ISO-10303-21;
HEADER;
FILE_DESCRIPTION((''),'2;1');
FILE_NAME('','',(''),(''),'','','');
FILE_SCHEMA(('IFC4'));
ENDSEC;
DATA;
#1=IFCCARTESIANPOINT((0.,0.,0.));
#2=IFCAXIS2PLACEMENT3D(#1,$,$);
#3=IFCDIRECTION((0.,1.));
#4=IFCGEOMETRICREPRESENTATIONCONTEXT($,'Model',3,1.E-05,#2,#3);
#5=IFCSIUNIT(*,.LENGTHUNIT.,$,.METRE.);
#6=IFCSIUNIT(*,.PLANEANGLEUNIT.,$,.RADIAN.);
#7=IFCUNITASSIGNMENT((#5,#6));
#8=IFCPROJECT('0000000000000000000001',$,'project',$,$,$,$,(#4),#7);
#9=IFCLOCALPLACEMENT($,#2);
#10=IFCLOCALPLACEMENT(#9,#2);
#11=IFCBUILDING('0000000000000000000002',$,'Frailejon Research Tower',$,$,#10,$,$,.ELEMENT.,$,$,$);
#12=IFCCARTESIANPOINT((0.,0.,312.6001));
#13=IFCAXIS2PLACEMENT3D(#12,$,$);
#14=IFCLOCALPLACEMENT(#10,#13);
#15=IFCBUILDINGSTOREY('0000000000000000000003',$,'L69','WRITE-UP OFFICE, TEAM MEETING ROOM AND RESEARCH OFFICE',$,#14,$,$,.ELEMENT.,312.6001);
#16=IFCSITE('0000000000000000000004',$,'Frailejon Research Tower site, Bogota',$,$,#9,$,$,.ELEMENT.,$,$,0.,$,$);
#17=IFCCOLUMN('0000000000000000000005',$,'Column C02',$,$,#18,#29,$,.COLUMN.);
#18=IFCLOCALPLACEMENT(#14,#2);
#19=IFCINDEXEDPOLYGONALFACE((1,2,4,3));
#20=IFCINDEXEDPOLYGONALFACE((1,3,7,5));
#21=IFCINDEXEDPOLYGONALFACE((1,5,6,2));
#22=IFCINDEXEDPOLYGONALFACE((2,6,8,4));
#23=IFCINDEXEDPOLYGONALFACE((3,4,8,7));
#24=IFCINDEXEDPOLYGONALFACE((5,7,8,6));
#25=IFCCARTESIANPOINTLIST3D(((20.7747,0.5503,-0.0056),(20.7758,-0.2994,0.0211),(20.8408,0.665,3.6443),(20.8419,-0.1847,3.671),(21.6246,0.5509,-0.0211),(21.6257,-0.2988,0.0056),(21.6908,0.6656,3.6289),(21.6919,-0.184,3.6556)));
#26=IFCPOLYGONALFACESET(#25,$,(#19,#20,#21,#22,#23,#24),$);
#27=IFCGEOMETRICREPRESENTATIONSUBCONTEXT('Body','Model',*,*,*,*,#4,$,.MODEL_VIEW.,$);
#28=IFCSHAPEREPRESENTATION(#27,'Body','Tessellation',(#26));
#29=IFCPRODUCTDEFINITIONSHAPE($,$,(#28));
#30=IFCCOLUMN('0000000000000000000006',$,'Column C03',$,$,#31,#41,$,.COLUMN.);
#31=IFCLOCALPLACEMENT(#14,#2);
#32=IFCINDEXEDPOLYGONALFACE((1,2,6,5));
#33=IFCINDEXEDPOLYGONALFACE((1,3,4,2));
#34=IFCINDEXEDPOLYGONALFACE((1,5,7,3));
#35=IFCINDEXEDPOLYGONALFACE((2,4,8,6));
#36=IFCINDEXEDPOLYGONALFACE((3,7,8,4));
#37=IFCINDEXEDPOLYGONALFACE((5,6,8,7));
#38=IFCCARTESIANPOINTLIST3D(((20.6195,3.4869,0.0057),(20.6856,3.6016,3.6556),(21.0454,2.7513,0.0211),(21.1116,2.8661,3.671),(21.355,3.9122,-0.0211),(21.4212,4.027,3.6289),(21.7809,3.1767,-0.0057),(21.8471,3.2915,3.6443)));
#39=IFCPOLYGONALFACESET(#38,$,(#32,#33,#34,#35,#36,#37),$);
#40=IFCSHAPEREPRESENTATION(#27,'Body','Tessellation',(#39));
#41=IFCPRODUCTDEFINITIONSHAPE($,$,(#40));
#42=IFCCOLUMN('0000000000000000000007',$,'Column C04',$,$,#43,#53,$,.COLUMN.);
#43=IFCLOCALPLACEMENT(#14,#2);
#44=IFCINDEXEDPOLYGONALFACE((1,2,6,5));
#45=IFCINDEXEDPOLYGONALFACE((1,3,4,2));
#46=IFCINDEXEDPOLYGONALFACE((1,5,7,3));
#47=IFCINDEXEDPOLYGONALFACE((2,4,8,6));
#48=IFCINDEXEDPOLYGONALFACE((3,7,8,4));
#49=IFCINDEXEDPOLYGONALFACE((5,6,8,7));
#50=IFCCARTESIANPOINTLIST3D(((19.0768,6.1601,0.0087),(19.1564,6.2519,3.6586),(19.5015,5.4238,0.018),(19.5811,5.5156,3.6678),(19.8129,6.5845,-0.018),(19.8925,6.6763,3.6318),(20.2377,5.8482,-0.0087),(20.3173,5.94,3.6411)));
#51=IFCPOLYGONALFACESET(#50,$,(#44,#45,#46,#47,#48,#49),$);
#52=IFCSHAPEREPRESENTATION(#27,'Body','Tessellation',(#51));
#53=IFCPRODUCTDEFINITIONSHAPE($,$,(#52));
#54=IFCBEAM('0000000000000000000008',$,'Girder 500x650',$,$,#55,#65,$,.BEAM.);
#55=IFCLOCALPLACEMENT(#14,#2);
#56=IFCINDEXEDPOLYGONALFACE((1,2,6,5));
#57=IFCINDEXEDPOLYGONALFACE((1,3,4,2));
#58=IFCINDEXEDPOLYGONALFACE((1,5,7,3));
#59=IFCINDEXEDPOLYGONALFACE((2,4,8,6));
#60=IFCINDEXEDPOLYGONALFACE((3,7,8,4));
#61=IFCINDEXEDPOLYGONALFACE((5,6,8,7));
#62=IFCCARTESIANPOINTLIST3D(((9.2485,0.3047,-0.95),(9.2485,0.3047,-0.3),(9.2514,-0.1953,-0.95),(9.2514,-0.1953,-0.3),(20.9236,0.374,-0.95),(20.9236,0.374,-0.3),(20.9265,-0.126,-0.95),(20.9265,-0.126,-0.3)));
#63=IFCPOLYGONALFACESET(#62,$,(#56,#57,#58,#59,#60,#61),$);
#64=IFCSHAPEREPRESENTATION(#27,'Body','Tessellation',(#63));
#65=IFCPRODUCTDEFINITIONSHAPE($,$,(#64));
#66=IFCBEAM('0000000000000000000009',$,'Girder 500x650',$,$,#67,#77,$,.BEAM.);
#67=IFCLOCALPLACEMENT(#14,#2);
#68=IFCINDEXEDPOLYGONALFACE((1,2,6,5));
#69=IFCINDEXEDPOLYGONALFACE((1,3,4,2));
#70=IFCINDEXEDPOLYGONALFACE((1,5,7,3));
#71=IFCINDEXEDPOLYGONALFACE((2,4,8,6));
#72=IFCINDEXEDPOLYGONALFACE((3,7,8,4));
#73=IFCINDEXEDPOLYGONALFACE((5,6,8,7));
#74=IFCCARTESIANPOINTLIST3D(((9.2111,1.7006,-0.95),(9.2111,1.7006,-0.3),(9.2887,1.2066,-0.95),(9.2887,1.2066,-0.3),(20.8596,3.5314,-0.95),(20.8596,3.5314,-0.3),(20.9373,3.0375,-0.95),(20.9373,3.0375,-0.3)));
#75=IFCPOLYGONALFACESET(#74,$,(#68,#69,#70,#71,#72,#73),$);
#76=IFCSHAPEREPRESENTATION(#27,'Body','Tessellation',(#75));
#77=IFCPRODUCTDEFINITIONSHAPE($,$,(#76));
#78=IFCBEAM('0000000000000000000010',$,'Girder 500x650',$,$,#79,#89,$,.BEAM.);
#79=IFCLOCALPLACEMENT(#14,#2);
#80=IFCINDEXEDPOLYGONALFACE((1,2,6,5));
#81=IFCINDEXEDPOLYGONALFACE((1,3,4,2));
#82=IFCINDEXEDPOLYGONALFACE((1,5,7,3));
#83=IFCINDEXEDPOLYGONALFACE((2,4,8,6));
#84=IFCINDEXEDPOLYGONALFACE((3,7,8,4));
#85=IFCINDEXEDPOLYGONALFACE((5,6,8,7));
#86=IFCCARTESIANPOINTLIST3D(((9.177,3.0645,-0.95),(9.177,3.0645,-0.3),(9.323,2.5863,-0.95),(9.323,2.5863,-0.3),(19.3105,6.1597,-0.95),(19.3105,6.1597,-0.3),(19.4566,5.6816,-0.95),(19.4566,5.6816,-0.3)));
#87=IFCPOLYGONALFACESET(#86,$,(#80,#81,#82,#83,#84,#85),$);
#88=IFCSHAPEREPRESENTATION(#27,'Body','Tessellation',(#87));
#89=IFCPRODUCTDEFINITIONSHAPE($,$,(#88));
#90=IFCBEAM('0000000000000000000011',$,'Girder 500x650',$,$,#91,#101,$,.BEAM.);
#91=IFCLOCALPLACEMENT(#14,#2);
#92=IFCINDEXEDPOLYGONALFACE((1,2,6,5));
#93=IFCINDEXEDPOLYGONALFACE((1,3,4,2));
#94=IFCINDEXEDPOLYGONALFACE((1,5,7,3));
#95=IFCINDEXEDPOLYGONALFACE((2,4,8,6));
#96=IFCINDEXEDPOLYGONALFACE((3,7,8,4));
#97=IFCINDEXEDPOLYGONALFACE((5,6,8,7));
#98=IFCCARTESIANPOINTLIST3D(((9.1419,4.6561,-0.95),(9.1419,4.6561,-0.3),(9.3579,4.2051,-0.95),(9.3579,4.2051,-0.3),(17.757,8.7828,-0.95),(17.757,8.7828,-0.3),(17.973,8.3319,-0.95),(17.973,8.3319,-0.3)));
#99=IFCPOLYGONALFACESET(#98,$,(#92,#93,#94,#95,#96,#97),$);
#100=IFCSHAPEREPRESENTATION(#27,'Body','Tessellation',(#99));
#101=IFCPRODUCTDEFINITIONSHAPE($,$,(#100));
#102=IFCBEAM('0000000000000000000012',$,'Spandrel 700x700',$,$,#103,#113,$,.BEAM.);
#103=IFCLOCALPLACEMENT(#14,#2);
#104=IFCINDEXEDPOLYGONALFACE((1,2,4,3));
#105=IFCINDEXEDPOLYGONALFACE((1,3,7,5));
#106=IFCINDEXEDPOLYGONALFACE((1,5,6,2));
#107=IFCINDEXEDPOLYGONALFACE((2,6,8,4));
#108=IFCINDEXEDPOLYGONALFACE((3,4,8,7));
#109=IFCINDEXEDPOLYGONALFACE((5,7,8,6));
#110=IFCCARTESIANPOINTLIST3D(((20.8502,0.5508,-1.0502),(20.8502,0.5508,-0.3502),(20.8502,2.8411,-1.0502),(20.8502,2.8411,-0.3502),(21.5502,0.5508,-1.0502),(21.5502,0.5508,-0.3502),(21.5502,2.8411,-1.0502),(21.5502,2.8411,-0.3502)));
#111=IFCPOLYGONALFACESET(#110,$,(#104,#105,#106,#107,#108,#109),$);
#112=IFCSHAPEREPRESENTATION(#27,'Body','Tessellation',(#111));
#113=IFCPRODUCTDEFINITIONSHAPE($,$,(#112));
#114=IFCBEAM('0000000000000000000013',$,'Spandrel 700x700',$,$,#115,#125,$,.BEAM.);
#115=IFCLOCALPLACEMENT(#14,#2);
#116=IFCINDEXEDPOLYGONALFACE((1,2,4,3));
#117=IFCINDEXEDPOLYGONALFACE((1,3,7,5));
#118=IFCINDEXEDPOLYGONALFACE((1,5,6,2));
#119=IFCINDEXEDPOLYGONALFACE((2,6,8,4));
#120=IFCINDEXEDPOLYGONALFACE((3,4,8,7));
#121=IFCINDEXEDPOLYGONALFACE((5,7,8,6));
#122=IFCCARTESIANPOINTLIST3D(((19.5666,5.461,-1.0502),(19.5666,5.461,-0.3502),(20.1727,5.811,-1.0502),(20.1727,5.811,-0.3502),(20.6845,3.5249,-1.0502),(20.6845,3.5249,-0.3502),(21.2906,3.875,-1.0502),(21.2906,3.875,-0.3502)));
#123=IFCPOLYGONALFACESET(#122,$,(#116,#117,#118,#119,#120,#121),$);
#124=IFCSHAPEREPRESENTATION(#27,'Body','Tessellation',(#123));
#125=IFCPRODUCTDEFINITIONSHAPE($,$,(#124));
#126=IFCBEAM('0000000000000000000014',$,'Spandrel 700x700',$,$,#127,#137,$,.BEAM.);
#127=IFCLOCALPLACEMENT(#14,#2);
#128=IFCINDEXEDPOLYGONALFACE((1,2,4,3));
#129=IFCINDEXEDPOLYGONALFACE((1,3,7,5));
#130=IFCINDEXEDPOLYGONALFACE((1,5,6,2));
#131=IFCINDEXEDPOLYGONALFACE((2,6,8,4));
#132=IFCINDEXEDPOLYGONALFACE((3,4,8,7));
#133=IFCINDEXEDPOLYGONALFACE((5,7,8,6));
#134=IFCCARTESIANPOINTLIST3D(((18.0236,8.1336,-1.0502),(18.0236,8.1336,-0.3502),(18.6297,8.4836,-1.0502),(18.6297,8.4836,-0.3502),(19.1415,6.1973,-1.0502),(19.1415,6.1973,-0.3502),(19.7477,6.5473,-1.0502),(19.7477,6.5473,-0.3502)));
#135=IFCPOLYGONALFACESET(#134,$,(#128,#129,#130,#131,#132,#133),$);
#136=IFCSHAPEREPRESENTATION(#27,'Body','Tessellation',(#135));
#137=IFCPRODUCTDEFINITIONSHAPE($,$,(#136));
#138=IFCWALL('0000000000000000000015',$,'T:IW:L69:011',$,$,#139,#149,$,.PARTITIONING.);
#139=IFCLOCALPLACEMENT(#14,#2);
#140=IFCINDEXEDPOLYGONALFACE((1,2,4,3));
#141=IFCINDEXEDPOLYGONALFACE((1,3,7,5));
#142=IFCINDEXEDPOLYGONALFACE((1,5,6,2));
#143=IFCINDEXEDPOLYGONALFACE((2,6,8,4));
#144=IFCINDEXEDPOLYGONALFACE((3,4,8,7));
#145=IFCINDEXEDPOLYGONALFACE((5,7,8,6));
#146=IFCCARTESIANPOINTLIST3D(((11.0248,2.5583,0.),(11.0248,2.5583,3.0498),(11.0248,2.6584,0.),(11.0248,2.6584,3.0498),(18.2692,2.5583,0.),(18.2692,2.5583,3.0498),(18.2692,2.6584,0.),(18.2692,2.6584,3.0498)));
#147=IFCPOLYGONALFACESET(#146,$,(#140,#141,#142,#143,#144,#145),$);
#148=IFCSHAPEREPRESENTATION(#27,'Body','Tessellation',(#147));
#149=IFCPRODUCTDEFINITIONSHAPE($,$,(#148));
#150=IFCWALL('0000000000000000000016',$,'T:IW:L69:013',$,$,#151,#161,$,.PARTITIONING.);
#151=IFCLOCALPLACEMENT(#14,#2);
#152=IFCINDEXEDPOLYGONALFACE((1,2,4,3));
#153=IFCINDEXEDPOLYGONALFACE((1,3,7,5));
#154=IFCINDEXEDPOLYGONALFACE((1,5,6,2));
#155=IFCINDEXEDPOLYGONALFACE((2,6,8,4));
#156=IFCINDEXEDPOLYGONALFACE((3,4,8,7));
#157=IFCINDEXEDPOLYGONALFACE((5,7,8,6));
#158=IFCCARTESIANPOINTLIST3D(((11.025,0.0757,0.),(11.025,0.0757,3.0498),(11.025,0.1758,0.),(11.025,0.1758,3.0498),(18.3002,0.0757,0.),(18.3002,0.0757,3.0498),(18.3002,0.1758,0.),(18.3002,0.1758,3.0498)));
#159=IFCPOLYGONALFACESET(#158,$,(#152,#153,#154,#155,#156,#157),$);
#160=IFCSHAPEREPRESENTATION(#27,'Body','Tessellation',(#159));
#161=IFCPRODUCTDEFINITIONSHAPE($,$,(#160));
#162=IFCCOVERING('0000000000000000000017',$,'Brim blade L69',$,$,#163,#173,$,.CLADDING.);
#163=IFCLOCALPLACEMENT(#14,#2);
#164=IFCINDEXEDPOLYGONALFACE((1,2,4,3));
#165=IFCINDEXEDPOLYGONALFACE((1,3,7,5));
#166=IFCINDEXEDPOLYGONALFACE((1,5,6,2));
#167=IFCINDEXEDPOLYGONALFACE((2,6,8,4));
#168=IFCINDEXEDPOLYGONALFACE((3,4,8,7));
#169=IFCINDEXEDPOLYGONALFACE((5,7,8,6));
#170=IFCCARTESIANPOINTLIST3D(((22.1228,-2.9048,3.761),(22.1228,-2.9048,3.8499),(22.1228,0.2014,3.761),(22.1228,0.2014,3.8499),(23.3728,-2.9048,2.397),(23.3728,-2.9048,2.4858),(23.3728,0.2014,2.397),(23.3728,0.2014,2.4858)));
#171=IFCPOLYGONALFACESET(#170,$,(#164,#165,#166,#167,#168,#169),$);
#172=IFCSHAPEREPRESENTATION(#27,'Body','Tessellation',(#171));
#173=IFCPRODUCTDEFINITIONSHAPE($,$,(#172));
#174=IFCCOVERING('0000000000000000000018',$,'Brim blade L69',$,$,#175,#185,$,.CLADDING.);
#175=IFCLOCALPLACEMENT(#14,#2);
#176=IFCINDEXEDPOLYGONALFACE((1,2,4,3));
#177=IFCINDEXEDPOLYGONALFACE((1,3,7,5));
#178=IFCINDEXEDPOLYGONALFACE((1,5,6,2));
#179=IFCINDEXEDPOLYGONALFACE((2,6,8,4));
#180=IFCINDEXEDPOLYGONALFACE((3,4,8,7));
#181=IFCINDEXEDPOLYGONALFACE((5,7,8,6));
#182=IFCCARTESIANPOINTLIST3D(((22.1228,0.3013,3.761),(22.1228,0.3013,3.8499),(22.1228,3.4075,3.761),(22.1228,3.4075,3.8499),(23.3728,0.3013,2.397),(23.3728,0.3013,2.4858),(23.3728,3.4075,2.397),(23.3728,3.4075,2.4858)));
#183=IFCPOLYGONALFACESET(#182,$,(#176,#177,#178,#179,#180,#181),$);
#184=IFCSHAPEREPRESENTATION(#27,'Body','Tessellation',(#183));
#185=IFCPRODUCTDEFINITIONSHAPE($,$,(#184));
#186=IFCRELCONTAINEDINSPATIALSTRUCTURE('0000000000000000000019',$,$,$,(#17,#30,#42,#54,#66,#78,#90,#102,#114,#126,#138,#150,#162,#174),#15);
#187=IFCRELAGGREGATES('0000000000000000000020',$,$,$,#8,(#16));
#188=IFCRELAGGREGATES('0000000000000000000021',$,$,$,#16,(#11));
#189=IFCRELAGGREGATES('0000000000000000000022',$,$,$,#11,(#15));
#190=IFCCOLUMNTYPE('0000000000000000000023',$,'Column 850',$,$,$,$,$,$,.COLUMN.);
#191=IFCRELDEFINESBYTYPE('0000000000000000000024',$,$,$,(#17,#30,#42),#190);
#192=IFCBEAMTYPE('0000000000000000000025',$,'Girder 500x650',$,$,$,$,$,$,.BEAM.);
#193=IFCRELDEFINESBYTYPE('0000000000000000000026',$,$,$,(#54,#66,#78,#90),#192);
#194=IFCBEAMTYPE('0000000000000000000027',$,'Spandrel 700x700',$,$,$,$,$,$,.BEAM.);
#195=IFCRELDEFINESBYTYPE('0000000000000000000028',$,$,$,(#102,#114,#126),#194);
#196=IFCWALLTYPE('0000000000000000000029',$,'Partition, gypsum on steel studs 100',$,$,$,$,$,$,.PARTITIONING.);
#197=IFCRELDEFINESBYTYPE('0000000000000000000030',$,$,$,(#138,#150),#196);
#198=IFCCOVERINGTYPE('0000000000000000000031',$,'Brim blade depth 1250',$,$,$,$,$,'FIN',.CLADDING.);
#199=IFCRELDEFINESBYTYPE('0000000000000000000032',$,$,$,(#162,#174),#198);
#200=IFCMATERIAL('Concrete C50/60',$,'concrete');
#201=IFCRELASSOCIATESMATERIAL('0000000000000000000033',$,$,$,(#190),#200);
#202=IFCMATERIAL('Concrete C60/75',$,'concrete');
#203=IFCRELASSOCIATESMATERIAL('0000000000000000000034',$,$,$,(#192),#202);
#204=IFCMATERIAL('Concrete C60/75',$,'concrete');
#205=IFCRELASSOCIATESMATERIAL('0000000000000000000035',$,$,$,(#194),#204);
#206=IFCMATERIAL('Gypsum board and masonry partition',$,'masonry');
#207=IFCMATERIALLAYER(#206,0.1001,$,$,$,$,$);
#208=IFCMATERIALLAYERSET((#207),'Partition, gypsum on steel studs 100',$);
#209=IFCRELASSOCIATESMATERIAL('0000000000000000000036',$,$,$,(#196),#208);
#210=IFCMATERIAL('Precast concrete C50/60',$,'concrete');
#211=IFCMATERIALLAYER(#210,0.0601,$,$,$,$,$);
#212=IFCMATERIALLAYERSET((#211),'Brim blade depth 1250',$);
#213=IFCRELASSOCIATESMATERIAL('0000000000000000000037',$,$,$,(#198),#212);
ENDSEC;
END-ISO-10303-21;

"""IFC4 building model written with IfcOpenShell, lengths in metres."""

from ifc_helpers import new_model, si_unit, direction, frame, frame_2d, origin, origin_2d, place, context, subcontext, project, spatial, polyline, rectangle, outline, extrude, material, layer, layer_set, material_profile, profile_set, type_object, element, save


model = new_model("IFC4")

# Units and contexts
model_context = context("Model", 3, precision=1e-05, world=origin(), true_north=direction((0.0, 1.0)))
body_context = subcontext(model_context, "Body", "Model", "MODEL_VIEW")
ifc_project = project(units=[si_unit("LENGTHUNIT", "METRE"), si_unit("PLANEANGLEUNIT", "RADIAN")], contexts=[model_context])

# Site, building, storey
site_placement = place(None, origin())
site = spatial("IfcSite", under=ifc_project, at=site_placement, Name="Frailejon Research Tower site, Bogota", CompositionType="ELEMENT", RefElevation=0.0)
building_placement = place(site_placement, origin())
building = spatial("IfcBuilding", under=site, at=building_placement, Name="Frailejon Research Tower", CompositionType="ELEMENT")
storey_placement = place(building_placement, frame((0.0, 0.0, 312.6001)))
storey = spatial("IfcBuildingStorey", under=building, at=storey_placement, Name="L69", Description="WRITE-UP OFFICE, TEAM MEETING ROOM AND RESEARCH OFFICE", CompositionType="ELEMENT", Elevation=312.6001)

# Columns
ifc_material_1 = material(Name="Concrete C50/60", Category="concrete")
ifc_material_profile_1 = material_profile(ifc_material_1, rectangle(XDim=0.8501, YDim=0.8501, at=origin_2d()), Name="Column 850")
ifc_profile_set_1 = profile_set([ifc_material_profile_1], Name="Concrete C50/60")
column_type = type_object("IfcColumnType", Name="Column 850", PredefinedType="COLUMN", material=ifc_profile_set_1)
for number, where, z_axis, x_axis, name in (
    (1, (21.2002, 0.1257, 0.0), (0.018115, 0.031417, 0.999342), (-0.001297, 0.999506, -0.031399), "Column C02"),
    (2, (21.2002, 3.3318, 0.0), (0.018115, 0.031417, 0.999342), (-0.501041, 0.865234, -0.018119), "Column C03"),
):
    element("IfcColumn", number, at=place(storey_placement, frame(where, z_axis=z_axis, x_axis=x_axis)), inside=storey, type_object=column_type, Name=name, PredefinedType="COLUMN", context=body_context, shape_type="SweptSolid", body=[
        extrude(rectangle(XDim=0.8501, YDim=0.8501, at=origin_2d()), origin(), (0.0, 0.0, 1.0), 3.6523),
    ])
column_placement = place(storey_placement, frame((19.6572, 6.0042, 0.0), z_axis=(0.021794, 0.025137, 0.999446), x_axis=(-0.499665, 0.86615, -0.010888)))
element("IfcColumn", 3, at=column_placement, inside=storey, type_object=column_type, Name="Column C04", PredefinedType="COLUMN", context=body_context, shape_type="SweptSolid", body=[
    extrude(rectangle(XDim=0.8501, YDim=0.8501, at=origin_2d()), origin(), (0.0, 0.0, 1.0), 3.6519),
])

# Beams
ifc_material_2 = material(Name="Concrete C60/75", Category="concrete")
ifc_material_profile_2 = material_profile(ifc_material_2, rectangle(XDim=0.5, YDim=0.6499, at=origin_2d()), Name="Girder 500x650")
ifc_profile_set_2 = profile_set([ifc_material_profile_2], Name="Concrete C60/75")
beam_type_1 = type_object("IfcBeamType", Name="Girder 500x650", PredefinedType="BEAM", material=ifc_profile_set_2)
beam_1_placement = place(storey_placement, frame((20.925, 0.124, -0.625), z_axis=(-0.999982, -0.005939, 0.0), x_axis=(0.005939, -0.999982, 0.0)))
element("IfcBeam", 4, at=beam_1_placement, inside=storey, type_object=beam_type_1, Name="Girder 500x650", PredefinedType="BEAM", context=body_context, shape_type="SweptSolid", body=[
    extrude(rectangle(XDim=0.5, YDim=0.6499, at=origin_2d()), origin(), (0.0, 0.0, 1.0), 11.6753),
])
beam_2_placement = place(storey_placement, frame((20.8984, 3.2844, -0.625), z_axis=(-0.987873, -0.155266, 0.0), x_axis=(0.155266, -0.987873, 0.0)))
element("IfcBeam", 5, at=beam_2_placement, inside=storey, type_object=beam_type_1, Name="Girder 500x650", PredefinedType="BEAM", context=body_context, shape_type="SweptSolid", body=[
    extrude(rectangle(XDim=0.5, YDim=0.6499, at=origin_2d()), origin(), (0.0, 0.0, 1.0), 11.7915),
])
beam_3_placement = place(storey_placement, frame((19.3835, 5.9207, -0.625), z_axis=(-0.956382, -0.29212, 0.0), x_axis=(0.29212, -0.956382, 0.0)))
element("IfcBeam", 6, at=beam_3_placement, inside=storey, type_object=beam_type_1, Name="Girder 500x650", PredefinedType="BEAM", context=body_context, shape_type="SweptSolid", body=[
    extrude(rectangle(XDim=0.5, YDim=0.6499, at=origin_2d()), origin(), (0.0, 0.0, 1.0), 10.5957),
])
beam_4_placement = place(storey_placement, frame((17.865, 8.5574, -0.625), z_axis=(-0.901869, -0.432009, 0.0), x_axis=(0.432009, -0.901869, 0.0)))
element("IfcBeam", 7, at=beam_4_placement, inside=storey, type_object=beam_type_1, Name="Girder 500x650", PredefinedType="BEAM", context=body_context, shape_type="SweptSolid", body=[
    extrude(rectangle(XDim=0.5, YDim=0.6499, at=origin_2d()), origin(), (0.0, 0.0, 1.0), 9.5525),
])
ifc_material_3 = material(Name="Concrete C60/75", Category="concrete")
ifc_material_profile_3 = material_profile(ifc_material_3, rectangle(XDim=0.7, YDim=0.7, at=origin_2d()), Name="Spandrel 700x700")
ifc_profile_set_3 = profile_set([ifc_material_profile_3], Name="Concrete C60/75")
beam_type_2 = type_object("IfcBeamType", Name="Spandrel 700x700", PredefinedType="BEAM", material=ifc_profile_set_3)
beam_5_placement = place(storey_placement, frame((21.2002, 0.5508, -0.7002), z_axis=(0.0, 1.0, 0.0), x_axis=(-1.0, 0.0, 0.0)))
element("IfcBeam", 8, at=beam_5_placement, inside=storey, type_object=beam_type_2, Name="Spandrel 700x700", PredefinedType="BEAM", context=body_context, shape_type="SweptSolid", body=[
    extrude(rectangle(XDim=0.7, YDim=0.7, at=origin_2d()), origin(), (0.0, 0.0, 1.0), 2.2903),
])
beam_6_placement = place(storey_placement, frame((20.9875, 3.7, -0.7002), z_axis=(-0.50005, 0.865996, 0.0), x_axis=(-0.865996, -0.50005, 0.0)))
element("IfcBeam", 9, at=beam_6_placement, inside=storey, type_object=beam_type_2, Name="Spandrel 700x700", PredefinedType="BEAM", context=body_context, shape_type="SweptSolid", body=[
    extrude(rectangle(XDim=0.7, YDim=0.7, at=origin_2d()), origin(), (0.0, 0.0, 1.0), 2.2356),
])
beam_7_placement = place(storey_placement, frame((19.4446, 6.3723, -0.7002), z_axis=(-0.500003, 0.866024, 0.0), x_axis=(-0.866024, -0.500003, 0.0)))
element("IfcBeam", 10, at=beam_7_placement, inside=storey, type_object=beam_type_2, Name="Spandrel 700x700", PredefinedType="BEAM", context=body_context, shape_type="SweptSolid", body=[
    extrude(rectangle(XDim=0.7, YDim=0.7, at=origin_2d()), origin(), (0.0, 0.0, 1.0), 2.2358),
])

# Walls
ifc_material_4 = material(Name="Gypsum board and masonry partition", Category="masonry")
ifc_layer_1 = layer(ifc_material_4, 0.1001)
ifc_layer_set_1 = layer_set([ifc_layer_1], Name="Partition, gypsum on steel studs 100")
wall_type_1 = type_object("IfcWallType", Name="Partition, gypsum on steel studs 100", PredefinedType="PARTITIONING", material=ifc_layer_set_1)
wall_1_placement = place(storey_placement, frame((11.0249, 2.6084, 0.0), z_axis=(0.0, 0.0, 1.0), x_axis=(1.0, 0.0, 0.0)))
element("IfcWall", 11, at=wall_1_placement, inside=storey, type_object=wall_type_1, Name="T:IW:L69:011", PredefinedType="PARTITIONING", context=body_context, shape_type="SweptSolid", body=[
    extrude(rectangle(XDim=7.2444, YDim=0.1001, at=frame_2d((3.6221, 0.0))), origin(), (0.0, 0.0, 1.0), 3.0498),
])
wall_2_placement = place(storey_placement, frame((11.0249, 0.1257, 0.0), z_axis=(0.0, 0.0, 1.0), x_axis=(1.0, 0.0, 0.0)))
element("IfcWall", 12, at=wall_2_placement, inside=storey, type_object=wall_type_1, Name="T:IW:L69:013", PredefinedType="PARTITIONING", context=body_context, shape_type="SweptSolid", body=[
    extrude(rectangle(XDim=7.2751, YDim=0.1001, at=frame_2d((3.6377, 0.0))), origin(), (0.0, 0.0, 1.0), 3.0498),
])

# Coverings
ifc_material_5 = material(Name="Precast concrete C50/60", Category="concrete")
ifc_layer_2 = layer(ifc_material_5, 0.0601)
ifc_layer_set_2 = layer_set([ifc_layer_2], Name="Brim blade depth 1250")
covering_type = type_object("IfcCoveringType", Name="Brim blade depth 1250", ElementType="FIN", PredefinedType="CLADDING", material=ifc_layer_set_2)
for number, where, z_axis, x_axis, name in (
    (13, (22.1228, 0.2014, 3.8499), (0.0, -1.0, 0.0), (1.0, 0.0, 0.0), "Brim blade L69"),
    (14, (22.1228, 3.4075, 3.8499), (0.0, -1.0, 0.0), (1.0, 0.0, 0.0), "Brim blade L69"),
):
    element("IfcCovering", number, at=place(storey_placement, frame(where, z_axis=z_axis, x_axis=x_axis)), inside=storey, type_object=covering_type, Name=name, PredefinedType="CLADDING", context=body_context, shape_type="SweptSolid", body=[
        extrude(outline(polyline([(0.0, -0.0889), (1.25, -1.4529), (1.25, -1.364), (0.0, 0.0), (0.0, -0.0889)])), origin(), (0.0, 0.0, 1.0), 3.1062),
    ])

save(model, "model.ifc")
